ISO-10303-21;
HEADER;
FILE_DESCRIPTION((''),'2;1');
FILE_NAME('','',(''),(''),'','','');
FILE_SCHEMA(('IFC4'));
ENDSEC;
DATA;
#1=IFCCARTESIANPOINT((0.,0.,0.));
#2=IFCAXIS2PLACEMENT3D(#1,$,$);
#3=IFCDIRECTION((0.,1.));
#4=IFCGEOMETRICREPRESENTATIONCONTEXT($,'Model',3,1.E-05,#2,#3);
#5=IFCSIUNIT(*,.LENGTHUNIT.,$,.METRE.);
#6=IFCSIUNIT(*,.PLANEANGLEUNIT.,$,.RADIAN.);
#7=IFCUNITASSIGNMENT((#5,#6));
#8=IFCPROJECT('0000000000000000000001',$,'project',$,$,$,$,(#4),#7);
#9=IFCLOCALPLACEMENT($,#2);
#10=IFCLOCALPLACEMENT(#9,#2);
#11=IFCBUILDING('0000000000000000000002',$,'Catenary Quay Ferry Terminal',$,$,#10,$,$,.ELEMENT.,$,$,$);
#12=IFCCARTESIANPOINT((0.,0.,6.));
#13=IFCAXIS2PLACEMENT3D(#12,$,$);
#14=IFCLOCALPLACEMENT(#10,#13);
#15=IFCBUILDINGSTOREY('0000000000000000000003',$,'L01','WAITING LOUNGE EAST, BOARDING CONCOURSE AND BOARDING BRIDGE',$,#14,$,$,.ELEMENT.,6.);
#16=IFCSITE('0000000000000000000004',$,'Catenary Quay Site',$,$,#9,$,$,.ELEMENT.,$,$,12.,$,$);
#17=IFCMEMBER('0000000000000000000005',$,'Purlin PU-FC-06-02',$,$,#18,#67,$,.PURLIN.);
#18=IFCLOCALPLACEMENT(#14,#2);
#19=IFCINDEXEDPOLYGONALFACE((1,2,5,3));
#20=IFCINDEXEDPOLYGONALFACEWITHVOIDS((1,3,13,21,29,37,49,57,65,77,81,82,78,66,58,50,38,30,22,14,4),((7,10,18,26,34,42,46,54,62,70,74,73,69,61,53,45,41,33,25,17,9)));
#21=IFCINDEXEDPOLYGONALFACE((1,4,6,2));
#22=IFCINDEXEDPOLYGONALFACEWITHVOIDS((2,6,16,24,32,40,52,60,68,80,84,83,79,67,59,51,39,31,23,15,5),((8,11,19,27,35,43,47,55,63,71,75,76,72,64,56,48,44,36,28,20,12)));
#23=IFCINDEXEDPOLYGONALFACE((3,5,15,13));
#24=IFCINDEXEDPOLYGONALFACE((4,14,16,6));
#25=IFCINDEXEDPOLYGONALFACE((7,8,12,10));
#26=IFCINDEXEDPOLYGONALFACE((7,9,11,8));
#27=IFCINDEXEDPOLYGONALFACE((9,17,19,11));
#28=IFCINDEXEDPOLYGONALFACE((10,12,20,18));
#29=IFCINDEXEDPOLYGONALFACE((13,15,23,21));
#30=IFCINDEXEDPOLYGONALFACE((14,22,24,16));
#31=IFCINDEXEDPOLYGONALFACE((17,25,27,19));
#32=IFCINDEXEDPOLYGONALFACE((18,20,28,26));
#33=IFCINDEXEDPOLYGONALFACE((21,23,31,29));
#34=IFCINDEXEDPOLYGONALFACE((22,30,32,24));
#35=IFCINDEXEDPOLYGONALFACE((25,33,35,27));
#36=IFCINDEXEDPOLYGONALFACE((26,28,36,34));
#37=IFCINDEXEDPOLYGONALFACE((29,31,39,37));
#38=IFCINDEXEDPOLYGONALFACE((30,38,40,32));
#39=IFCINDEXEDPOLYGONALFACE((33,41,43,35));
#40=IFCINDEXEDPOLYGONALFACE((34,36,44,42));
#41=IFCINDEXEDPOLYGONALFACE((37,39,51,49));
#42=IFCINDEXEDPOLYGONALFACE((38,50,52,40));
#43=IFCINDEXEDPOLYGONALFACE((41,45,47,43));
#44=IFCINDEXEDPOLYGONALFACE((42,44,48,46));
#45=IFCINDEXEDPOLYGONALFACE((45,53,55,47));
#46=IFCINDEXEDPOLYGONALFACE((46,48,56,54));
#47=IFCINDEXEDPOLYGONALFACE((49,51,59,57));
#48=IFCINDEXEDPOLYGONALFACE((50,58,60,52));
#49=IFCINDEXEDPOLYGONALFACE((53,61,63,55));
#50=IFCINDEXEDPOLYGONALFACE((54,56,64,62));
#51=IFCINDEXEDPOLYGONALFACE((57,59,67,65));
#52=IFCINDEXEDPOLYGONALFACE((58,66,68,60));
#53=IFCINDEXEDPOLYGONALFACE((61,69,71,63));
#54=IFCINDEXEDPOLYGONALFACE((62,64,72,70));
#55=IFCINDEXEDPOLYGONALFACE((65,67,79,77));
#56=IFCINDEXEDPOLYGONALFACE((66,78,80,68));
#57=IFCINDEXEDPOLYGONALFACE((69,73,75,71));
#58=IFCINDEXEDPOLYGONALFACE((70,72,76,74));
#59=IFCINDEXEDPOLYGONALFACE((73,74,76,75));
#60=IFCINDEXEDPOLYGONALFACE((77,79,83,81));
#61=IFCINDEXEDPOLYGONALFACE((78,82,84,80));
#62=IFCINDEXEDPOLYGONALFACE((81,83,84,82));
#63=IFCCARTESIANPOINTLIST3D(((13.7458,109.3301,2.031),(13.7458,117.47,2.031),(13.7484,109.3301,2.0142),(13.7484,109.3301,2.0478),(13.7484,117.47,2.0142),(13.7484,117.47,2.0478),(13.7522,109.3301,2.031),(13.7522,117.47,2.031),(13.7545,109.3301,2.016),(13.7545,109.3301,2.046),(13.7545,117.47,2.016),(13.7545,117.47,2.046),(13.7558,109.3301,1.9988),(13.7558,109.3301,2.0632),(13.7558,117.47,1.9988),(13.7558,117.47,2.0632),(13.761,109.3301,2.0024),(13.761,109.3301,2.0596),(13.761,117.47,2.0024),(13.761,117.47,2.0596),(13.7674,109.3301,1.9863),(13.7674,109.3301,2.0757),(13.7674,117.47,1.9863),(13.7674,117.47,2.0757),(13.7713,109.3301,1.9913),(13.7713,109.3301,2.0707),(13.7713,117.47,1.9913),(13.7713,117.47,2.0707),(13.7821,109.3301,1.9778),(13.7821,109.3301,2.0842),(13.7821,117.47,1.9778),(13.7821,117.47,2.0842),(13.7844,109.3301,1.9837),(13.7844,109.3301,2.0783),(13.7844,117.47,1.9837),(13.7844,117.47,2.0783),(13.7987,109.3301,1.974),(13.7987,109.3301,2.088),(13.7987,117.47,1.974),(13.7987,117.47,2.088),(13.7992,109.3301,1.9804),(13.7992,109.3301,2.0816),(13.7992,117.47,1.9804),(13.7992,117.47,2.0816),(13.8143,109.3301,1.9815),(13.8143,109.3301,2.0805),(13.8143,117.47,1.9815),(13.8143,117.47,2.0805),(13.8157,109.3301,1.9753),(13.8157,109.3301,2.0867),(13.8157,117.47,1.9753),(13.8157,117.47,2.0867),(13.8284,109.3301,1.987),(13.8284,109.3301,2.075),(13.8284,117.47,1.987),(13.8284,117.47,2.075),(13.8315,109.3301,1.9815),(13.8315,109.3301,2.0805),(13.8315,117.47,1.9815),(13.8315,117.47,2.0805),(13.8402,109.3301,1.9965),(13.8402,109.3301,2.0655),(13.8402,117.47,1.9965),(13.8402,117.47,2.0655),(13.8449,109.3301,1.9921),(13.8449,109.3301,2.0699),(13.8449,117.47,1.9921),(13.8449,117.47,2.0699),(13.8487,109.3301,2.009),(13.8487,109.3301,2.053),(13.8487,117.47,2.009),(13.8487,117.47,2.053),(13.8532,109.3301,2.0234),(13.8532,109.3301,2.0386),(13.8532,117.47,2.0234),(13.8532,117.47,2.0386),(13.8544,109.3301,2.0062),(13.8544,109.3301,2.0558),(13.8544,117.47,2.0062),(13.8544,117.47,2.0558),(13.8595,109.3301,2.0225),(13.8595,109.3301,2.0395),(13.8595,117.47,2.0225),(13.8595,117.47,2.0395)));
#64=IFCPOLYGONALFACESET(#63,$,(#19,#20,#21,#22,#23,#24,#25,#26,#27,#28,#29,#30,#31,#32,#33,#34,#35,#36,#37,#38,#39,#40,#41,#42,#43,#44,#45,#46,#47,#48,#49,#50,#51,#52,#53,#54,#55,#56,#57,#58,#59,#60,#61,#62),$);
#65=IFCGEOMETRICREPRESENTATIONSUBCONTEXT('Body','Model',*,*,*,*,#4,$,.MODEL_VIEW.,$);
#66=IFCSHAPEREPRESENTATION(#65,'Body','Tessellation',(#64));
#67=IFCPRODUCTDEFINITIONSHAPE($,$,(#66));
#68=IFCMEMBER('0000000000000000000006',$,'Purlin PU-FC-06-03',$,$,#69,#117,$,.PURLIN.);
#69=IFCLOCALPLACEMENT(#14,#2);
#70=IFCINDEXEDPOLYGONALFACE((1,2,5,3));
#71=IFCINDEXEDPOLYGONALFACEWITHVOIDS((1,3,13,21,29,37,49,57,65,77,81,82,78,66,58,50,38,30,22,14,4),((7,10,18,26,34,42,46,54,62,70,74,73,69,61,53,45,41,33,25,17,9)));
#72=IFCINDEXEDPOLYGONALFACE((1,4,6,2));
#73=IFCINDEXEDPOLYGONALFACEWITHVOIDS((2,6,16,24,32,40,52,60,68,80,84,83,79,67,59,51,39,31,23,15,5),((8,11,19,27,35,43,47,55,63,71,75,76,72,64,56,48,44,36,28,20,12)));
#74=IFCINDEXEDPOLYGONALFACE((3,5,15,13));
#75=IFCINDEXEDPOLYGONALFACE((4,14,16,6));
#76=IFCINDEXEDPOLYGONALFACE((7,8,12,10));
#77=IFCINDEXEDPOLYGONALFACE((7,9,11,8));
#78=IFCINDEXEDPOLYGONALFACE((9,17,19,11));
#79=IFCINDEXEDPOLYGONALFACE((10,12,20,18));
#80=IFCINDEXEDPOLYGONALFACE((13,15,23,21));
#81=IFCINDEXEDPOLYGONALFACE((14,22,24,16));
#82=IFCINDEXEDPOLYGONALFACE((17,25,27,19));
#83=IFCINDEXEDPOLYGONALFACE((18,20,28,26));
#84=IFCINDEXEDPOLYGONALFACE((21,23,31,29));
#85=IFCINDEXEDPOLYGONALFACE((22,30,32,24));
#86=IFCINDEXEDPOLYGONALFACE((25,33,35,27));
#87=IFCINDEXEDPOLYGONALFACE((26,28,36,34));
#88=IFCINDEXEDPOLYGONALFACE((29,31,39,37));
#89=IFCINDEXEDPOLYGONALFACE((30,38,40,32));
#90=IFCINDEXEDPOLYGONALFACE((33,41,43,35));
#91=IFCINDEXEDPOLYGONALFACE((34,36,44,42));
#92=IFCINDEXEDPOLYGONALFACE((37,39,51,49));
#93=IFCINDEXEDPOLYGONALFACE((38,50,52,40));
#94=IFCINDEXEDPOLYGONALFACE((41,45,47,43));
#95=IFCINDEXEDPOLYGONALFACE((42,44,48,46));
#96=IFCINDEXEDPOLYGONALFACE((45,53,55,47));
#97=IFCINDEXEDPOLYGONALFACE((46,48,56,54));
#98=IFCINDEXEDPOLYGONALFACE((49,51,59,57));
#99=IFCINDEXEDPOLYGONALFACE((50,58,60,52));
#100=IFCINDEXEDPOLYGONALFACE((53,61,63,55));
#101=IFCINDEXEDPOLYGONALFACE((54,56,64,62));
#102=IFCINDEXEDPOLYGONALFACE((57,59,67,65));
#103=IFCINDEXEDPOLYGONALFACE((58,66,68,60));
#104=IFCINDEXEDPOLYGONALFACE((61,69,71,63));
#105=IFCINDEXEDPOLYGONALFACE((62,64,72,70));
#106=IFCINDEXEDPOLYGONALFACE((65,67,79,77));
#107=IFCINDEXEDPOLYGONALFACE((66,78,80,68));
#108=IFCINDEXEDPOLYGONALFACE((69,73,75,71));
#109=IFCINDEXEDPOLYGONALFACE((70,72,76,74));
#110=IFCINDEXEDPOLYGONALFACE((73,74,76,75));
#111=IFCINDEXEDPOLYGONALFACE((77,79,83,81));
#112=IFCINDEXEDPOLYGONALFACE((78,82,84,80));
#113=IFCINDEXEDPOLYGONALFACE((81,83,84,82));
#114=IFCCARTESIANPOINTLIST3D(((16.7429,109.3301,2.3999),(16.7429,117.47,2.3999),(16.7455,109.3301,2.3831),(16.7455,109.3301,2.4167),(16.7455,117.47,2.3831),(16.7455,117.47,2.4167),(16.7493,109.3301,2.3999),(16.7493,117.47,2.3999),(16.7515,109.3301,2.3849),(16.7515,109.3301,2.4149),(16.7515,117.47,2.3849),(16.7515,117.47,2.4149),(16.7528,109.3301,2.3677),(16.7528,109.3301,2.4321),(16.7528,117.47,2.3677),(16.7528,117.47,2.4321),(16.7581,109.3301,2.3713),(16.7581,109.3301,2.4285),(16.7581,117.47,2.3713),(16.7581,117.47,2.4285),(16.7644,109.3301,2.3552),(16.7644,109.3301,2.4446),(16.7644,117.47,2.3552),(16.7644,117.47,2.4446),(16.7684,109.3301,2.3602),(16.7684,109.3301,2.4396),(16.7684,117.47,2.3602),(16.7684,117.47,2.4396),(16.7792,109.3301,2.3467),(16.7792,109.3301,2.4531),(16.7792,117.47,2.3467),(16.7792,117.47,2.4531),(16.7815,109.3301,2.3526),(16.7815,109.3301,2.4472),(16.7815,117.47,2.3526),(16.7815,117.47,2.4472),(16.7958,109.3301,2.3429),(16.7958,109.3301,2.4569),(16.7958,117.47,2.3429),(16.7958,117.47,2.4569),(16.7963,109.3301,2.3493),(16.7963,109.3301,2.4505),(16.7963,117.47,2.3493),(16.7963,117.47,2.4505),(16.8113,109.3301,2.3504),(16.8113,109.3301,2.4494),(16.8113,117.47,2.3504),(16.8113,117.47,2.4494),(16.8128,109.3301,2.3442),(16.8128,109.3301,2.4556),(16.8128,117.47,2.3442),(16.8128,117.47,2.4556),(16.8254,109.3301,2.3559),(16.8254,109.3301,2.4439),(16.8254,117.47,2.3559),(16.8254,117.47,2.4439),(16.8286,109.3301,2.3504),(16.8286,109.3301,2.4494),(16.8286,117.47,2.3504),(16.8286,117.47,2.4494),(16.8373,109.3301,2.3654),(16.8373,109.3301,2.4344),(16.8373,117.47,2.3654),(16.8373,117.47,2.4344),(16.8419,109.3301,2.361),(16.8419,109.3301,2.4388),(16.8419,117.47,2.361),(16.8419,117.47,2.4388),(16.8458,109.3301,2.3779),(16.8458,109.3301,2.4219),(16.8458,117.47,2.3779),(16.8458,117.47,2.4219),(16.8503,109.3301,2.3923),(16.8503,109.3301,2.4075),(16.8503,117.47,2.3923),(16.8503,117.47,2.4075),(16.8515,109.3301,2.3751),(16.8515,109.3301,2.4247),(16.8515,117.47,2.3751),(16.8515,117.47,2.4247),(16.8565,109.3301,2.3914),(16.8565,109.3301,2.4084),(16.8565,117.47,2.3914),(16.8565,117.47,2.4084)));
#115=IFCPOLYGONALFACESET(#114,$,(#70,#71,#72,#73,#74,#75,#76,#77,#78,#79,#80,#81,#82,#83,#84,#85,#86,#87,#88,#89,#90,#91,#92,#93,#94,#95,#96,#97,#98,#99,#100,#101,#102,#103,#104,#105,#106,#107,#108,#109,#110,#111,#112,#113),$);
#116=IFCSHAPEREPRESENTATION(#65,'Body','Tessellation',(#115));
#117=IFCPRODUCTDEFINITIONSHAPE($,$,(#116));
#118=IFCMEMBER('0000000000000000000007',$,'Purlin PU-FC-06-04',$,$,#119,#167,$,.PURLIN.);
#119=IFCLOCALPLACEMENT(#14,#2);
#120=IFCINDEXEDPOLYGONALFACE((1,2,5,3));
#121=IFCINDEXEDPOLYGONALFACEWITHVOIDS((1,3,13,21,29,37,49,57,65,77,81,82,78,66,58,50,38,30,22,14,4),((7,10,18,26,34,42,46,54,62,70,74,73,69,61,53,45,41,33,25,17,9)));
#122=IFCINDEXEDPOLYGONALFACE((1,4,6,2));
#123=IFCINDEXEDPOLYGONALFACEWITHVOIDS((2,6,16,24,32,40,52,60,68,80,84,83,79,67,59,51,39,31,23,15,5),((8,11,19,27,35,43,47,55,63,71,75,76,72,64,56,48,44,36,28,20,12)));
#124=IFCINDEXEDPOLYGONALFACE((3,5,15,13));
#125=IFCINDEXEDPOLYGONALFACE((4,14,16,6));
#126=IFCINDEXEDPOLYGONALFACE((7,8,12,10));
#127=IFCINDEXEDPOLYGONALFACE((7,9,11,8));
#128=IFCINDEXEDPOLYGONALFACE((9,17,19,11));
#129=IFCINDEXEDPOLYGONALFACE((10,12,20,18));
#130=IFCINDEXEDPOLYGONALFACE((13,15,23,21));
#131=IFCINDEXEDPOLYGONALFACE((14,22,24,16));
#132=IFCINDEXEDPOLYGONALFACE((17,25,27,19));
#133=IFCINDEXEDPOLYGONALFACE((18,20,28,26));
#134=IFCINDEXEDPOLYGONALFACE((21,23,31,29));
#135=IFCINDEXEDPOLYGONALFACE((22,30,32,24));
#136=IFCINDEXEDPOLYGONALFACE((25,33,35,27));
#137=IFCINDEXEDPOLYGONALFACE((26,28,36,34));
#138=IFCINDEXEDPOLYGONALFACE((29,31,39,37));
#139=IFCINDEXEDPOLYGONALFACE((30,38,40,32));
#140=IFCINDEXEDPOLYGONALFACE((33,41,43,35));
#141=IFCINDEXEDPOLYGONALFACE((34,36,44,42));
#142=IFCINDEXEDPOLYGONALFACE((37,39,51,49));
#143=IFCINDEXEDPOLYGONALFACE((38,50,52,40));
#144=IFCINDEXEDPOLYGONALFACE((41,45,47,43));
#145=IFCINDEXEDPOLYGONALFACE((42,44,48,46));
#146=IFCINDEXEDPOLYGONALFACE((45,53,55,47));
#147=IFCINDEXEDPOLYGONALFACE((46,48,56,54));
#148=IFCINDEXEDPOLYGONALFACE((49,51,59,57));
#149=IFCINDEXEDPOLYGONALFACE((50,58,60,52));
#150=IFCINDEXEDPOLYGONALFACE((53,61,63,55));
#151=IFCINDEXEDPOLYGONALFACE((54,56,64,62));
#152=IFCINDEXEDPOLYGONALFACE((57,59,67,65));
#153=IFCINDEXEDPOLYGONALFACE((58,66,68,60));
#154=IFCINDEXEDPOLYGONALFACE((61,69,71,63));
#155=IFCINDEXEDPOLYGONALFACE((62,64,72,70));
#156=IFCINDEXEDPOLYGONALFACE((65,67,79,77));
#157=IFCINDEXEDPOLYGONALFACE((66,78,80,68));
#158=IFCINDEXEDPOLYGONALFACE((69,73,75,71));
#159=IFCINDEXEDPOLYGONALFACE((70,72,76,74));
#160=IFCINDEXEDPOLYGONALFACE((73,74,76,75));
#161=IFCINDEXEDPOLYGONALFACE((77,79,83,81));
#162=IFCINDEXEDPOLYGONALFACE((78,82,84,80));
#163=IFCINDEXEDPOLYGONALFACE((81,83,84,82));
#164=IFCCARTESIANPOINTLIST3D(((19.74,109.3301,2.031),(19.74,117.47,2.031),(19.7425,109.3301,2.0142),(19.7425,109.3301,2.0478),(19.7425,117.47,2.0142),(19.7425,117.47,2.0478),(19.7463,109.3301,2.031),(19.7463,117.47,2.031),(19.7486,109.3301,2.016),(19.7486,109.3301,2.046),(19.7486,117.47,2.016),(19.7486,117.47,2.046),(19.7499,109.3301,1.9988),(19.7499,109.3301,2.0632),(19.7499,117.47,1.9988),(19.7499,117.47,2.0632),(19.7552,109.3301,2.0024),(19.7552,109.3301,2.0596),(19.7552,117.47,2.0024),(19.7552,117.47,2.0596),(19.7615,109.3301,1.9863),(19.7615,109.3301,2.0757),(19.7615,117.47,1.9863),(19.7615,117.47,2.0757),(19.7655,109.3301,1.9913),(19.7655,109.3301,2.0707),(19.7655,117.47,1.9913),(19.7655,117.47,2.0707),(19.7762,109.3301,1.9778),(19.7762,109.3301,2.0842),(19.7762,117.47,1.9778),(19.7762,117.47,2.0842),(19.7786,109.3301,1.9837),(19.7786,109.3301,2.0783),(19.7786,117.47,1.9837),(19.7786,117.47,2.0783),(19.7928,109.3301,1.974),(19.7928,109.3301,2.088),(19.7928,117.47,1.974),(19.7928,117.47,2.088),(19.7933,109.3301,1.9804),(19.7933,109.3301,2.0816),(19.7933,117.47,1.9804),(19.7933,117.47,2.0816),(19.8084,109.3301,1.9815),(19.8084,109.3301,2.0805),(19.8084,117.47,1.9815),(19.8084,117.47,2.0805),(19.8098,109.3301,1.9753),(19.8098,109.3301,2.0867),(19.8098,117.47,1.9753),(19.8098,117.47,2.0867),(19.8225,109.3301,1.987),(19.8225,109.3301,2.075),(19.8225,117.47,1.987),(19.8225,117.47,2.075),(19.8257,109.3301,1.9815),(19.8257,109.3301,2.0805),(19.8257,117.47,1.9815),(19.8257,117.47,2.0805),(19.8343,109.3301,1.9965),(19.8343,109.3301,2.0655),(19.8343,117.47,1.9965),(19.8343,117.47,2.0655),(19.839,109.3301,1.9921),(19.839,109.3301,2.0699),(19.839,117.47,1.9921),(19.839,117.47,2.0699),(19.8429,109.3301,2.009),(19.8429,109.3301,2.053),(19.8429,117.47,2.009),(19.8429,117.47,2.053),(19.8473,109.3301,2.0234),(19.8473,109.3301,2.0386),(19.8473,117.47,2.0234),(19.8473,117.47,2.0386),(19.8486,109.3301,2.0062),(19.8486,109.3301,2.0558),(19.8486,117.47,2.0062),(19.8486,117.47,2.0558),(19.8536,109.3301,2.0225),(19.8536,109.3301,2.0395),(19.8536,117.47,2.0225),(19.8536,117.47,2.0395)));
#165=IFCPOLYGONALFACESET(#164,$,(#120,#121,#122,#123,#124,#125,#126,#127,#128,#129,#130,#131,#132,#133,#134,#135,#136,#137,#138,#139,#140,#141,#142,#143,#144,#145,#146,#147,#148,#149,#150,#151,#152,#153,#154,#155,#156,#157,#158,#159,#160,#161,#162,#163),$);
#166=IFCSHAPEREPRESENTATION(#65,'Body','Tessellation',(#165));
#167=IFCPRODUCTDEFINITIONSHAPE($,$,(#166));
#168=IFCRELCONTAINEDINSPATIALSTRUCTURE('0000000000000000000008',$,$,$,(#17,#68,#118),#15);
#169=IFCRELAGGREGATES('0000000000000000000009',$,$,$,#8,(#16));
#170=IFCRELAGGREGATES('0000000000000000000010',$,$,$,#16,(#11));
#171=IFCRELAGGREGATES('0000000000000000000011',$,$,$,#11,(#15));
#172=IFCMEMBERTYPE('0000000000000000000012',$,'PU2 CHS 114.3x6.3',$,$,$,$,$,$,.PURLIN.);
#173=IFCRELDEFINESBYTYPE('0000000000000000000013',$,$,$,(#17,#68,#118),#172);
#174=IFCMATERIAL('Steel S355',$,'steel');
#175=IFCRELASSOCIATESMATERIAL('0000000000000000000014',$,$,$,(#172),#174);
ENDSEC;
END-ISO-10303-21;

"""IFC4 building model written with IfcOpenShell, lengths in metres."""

from ifc_helpers import new_model, si_unit, direction, frame, origin, origin_2d, place, context, subcontext, project, spatial, hollow_circle, extrude, material, material_profile, profile_set, type_object, element, save


model = new_model("IFC4")

# Units and contexts
model_context = context("Model", 3, precision=1e-05, world=origin(), true_north=direction((0.0, 1.0)))
body_context = subcontext(model_context, "Body", "Model", "MODEL_VIEW")
ifc_project = project(units=[si_unit("LENGTHUNIT", "METRE"), si_unit("PLANEANGLEUNIT", "RADIAN")], contexts=[model_context])

# Site, building, storey
site_placement = place(None, origin())
site = spatial("IfcSite", under=ifc_project, at=site_placement, Name="Catenary Quay Site", CompositionType="ELEMENT", RefElevation=12.0)
building_placement = place(site_placement, origin())
building = spatial("IfcBuilding", under=site, at=building_placement, Name="Catenary Quay Ferry Terminal", CompositionType="ELEMENT")
storey_placement = place(building_placement, frame((0.0, 0.0, 6.0)))
storey = spatial("IfcBuildingStorey", under=building, at=storey_placement, Name="L01", Description="WAITING LOUNGE EAST, BOARDING CONCOURSE AND BOARDING BRIDGE", CompositionType="ELEMENT", Elevation=6.0)

# Members
ifc_material_1 = material(Name="Steel S355", Category="steel")
ifc_material_profile_1 = material_profile(ifc_material_1, hollow_circle(Radius=0.0571, WallThickness=0.0063, at=origin_2d()), Name="CHS 114.3x6.3")
ifc_profile_set_1 = profile_set([ifc_material_profile_1], Name="Steel S355")
member_type_1 = type_object("IfcMemberType", Name="PU2 CHS 114.3x6.3", PredefinedType="PURLIN", material=ifc_profile_set_1)
for number, where, z_axis, x_axis, name in (
    (1, (13.803, 109.3301, 2.031), (0.0, 1.0, 0.0), (-1.0, 0.0, 0.0), "Purlin PU-FC-06-02"),
    (2, (16.8, 109.3301, 2.3999), (0.0, 1.0, 0.0), (-1.0, 0.0, 0.0), "Purlin PU-FC-06-03"),
    (3, (19.7971, 109.3301, 2.031), (0.0, 1.0, 0.0), (-1.0, 0.0, 0.0), "Purlin PU-FC-06-04"),
):
    element("IfcMember", number, at=place(storey_placement, frame(where, z_axis=z_axis, x_axis=x_axis)), inside=storey, type_object=member_type_1, Name=name, PredefinedType="PURLIN", context=body_context, shape_type="SweptSolid", body=[
        extrude(hollow_circle(Radius=0.0571, WallThickness=0.0063, at=origin_2d()), origin(), (0.0, 0.0, 1.0), 8.1399),
    ])

save(model, "model.ifc")
